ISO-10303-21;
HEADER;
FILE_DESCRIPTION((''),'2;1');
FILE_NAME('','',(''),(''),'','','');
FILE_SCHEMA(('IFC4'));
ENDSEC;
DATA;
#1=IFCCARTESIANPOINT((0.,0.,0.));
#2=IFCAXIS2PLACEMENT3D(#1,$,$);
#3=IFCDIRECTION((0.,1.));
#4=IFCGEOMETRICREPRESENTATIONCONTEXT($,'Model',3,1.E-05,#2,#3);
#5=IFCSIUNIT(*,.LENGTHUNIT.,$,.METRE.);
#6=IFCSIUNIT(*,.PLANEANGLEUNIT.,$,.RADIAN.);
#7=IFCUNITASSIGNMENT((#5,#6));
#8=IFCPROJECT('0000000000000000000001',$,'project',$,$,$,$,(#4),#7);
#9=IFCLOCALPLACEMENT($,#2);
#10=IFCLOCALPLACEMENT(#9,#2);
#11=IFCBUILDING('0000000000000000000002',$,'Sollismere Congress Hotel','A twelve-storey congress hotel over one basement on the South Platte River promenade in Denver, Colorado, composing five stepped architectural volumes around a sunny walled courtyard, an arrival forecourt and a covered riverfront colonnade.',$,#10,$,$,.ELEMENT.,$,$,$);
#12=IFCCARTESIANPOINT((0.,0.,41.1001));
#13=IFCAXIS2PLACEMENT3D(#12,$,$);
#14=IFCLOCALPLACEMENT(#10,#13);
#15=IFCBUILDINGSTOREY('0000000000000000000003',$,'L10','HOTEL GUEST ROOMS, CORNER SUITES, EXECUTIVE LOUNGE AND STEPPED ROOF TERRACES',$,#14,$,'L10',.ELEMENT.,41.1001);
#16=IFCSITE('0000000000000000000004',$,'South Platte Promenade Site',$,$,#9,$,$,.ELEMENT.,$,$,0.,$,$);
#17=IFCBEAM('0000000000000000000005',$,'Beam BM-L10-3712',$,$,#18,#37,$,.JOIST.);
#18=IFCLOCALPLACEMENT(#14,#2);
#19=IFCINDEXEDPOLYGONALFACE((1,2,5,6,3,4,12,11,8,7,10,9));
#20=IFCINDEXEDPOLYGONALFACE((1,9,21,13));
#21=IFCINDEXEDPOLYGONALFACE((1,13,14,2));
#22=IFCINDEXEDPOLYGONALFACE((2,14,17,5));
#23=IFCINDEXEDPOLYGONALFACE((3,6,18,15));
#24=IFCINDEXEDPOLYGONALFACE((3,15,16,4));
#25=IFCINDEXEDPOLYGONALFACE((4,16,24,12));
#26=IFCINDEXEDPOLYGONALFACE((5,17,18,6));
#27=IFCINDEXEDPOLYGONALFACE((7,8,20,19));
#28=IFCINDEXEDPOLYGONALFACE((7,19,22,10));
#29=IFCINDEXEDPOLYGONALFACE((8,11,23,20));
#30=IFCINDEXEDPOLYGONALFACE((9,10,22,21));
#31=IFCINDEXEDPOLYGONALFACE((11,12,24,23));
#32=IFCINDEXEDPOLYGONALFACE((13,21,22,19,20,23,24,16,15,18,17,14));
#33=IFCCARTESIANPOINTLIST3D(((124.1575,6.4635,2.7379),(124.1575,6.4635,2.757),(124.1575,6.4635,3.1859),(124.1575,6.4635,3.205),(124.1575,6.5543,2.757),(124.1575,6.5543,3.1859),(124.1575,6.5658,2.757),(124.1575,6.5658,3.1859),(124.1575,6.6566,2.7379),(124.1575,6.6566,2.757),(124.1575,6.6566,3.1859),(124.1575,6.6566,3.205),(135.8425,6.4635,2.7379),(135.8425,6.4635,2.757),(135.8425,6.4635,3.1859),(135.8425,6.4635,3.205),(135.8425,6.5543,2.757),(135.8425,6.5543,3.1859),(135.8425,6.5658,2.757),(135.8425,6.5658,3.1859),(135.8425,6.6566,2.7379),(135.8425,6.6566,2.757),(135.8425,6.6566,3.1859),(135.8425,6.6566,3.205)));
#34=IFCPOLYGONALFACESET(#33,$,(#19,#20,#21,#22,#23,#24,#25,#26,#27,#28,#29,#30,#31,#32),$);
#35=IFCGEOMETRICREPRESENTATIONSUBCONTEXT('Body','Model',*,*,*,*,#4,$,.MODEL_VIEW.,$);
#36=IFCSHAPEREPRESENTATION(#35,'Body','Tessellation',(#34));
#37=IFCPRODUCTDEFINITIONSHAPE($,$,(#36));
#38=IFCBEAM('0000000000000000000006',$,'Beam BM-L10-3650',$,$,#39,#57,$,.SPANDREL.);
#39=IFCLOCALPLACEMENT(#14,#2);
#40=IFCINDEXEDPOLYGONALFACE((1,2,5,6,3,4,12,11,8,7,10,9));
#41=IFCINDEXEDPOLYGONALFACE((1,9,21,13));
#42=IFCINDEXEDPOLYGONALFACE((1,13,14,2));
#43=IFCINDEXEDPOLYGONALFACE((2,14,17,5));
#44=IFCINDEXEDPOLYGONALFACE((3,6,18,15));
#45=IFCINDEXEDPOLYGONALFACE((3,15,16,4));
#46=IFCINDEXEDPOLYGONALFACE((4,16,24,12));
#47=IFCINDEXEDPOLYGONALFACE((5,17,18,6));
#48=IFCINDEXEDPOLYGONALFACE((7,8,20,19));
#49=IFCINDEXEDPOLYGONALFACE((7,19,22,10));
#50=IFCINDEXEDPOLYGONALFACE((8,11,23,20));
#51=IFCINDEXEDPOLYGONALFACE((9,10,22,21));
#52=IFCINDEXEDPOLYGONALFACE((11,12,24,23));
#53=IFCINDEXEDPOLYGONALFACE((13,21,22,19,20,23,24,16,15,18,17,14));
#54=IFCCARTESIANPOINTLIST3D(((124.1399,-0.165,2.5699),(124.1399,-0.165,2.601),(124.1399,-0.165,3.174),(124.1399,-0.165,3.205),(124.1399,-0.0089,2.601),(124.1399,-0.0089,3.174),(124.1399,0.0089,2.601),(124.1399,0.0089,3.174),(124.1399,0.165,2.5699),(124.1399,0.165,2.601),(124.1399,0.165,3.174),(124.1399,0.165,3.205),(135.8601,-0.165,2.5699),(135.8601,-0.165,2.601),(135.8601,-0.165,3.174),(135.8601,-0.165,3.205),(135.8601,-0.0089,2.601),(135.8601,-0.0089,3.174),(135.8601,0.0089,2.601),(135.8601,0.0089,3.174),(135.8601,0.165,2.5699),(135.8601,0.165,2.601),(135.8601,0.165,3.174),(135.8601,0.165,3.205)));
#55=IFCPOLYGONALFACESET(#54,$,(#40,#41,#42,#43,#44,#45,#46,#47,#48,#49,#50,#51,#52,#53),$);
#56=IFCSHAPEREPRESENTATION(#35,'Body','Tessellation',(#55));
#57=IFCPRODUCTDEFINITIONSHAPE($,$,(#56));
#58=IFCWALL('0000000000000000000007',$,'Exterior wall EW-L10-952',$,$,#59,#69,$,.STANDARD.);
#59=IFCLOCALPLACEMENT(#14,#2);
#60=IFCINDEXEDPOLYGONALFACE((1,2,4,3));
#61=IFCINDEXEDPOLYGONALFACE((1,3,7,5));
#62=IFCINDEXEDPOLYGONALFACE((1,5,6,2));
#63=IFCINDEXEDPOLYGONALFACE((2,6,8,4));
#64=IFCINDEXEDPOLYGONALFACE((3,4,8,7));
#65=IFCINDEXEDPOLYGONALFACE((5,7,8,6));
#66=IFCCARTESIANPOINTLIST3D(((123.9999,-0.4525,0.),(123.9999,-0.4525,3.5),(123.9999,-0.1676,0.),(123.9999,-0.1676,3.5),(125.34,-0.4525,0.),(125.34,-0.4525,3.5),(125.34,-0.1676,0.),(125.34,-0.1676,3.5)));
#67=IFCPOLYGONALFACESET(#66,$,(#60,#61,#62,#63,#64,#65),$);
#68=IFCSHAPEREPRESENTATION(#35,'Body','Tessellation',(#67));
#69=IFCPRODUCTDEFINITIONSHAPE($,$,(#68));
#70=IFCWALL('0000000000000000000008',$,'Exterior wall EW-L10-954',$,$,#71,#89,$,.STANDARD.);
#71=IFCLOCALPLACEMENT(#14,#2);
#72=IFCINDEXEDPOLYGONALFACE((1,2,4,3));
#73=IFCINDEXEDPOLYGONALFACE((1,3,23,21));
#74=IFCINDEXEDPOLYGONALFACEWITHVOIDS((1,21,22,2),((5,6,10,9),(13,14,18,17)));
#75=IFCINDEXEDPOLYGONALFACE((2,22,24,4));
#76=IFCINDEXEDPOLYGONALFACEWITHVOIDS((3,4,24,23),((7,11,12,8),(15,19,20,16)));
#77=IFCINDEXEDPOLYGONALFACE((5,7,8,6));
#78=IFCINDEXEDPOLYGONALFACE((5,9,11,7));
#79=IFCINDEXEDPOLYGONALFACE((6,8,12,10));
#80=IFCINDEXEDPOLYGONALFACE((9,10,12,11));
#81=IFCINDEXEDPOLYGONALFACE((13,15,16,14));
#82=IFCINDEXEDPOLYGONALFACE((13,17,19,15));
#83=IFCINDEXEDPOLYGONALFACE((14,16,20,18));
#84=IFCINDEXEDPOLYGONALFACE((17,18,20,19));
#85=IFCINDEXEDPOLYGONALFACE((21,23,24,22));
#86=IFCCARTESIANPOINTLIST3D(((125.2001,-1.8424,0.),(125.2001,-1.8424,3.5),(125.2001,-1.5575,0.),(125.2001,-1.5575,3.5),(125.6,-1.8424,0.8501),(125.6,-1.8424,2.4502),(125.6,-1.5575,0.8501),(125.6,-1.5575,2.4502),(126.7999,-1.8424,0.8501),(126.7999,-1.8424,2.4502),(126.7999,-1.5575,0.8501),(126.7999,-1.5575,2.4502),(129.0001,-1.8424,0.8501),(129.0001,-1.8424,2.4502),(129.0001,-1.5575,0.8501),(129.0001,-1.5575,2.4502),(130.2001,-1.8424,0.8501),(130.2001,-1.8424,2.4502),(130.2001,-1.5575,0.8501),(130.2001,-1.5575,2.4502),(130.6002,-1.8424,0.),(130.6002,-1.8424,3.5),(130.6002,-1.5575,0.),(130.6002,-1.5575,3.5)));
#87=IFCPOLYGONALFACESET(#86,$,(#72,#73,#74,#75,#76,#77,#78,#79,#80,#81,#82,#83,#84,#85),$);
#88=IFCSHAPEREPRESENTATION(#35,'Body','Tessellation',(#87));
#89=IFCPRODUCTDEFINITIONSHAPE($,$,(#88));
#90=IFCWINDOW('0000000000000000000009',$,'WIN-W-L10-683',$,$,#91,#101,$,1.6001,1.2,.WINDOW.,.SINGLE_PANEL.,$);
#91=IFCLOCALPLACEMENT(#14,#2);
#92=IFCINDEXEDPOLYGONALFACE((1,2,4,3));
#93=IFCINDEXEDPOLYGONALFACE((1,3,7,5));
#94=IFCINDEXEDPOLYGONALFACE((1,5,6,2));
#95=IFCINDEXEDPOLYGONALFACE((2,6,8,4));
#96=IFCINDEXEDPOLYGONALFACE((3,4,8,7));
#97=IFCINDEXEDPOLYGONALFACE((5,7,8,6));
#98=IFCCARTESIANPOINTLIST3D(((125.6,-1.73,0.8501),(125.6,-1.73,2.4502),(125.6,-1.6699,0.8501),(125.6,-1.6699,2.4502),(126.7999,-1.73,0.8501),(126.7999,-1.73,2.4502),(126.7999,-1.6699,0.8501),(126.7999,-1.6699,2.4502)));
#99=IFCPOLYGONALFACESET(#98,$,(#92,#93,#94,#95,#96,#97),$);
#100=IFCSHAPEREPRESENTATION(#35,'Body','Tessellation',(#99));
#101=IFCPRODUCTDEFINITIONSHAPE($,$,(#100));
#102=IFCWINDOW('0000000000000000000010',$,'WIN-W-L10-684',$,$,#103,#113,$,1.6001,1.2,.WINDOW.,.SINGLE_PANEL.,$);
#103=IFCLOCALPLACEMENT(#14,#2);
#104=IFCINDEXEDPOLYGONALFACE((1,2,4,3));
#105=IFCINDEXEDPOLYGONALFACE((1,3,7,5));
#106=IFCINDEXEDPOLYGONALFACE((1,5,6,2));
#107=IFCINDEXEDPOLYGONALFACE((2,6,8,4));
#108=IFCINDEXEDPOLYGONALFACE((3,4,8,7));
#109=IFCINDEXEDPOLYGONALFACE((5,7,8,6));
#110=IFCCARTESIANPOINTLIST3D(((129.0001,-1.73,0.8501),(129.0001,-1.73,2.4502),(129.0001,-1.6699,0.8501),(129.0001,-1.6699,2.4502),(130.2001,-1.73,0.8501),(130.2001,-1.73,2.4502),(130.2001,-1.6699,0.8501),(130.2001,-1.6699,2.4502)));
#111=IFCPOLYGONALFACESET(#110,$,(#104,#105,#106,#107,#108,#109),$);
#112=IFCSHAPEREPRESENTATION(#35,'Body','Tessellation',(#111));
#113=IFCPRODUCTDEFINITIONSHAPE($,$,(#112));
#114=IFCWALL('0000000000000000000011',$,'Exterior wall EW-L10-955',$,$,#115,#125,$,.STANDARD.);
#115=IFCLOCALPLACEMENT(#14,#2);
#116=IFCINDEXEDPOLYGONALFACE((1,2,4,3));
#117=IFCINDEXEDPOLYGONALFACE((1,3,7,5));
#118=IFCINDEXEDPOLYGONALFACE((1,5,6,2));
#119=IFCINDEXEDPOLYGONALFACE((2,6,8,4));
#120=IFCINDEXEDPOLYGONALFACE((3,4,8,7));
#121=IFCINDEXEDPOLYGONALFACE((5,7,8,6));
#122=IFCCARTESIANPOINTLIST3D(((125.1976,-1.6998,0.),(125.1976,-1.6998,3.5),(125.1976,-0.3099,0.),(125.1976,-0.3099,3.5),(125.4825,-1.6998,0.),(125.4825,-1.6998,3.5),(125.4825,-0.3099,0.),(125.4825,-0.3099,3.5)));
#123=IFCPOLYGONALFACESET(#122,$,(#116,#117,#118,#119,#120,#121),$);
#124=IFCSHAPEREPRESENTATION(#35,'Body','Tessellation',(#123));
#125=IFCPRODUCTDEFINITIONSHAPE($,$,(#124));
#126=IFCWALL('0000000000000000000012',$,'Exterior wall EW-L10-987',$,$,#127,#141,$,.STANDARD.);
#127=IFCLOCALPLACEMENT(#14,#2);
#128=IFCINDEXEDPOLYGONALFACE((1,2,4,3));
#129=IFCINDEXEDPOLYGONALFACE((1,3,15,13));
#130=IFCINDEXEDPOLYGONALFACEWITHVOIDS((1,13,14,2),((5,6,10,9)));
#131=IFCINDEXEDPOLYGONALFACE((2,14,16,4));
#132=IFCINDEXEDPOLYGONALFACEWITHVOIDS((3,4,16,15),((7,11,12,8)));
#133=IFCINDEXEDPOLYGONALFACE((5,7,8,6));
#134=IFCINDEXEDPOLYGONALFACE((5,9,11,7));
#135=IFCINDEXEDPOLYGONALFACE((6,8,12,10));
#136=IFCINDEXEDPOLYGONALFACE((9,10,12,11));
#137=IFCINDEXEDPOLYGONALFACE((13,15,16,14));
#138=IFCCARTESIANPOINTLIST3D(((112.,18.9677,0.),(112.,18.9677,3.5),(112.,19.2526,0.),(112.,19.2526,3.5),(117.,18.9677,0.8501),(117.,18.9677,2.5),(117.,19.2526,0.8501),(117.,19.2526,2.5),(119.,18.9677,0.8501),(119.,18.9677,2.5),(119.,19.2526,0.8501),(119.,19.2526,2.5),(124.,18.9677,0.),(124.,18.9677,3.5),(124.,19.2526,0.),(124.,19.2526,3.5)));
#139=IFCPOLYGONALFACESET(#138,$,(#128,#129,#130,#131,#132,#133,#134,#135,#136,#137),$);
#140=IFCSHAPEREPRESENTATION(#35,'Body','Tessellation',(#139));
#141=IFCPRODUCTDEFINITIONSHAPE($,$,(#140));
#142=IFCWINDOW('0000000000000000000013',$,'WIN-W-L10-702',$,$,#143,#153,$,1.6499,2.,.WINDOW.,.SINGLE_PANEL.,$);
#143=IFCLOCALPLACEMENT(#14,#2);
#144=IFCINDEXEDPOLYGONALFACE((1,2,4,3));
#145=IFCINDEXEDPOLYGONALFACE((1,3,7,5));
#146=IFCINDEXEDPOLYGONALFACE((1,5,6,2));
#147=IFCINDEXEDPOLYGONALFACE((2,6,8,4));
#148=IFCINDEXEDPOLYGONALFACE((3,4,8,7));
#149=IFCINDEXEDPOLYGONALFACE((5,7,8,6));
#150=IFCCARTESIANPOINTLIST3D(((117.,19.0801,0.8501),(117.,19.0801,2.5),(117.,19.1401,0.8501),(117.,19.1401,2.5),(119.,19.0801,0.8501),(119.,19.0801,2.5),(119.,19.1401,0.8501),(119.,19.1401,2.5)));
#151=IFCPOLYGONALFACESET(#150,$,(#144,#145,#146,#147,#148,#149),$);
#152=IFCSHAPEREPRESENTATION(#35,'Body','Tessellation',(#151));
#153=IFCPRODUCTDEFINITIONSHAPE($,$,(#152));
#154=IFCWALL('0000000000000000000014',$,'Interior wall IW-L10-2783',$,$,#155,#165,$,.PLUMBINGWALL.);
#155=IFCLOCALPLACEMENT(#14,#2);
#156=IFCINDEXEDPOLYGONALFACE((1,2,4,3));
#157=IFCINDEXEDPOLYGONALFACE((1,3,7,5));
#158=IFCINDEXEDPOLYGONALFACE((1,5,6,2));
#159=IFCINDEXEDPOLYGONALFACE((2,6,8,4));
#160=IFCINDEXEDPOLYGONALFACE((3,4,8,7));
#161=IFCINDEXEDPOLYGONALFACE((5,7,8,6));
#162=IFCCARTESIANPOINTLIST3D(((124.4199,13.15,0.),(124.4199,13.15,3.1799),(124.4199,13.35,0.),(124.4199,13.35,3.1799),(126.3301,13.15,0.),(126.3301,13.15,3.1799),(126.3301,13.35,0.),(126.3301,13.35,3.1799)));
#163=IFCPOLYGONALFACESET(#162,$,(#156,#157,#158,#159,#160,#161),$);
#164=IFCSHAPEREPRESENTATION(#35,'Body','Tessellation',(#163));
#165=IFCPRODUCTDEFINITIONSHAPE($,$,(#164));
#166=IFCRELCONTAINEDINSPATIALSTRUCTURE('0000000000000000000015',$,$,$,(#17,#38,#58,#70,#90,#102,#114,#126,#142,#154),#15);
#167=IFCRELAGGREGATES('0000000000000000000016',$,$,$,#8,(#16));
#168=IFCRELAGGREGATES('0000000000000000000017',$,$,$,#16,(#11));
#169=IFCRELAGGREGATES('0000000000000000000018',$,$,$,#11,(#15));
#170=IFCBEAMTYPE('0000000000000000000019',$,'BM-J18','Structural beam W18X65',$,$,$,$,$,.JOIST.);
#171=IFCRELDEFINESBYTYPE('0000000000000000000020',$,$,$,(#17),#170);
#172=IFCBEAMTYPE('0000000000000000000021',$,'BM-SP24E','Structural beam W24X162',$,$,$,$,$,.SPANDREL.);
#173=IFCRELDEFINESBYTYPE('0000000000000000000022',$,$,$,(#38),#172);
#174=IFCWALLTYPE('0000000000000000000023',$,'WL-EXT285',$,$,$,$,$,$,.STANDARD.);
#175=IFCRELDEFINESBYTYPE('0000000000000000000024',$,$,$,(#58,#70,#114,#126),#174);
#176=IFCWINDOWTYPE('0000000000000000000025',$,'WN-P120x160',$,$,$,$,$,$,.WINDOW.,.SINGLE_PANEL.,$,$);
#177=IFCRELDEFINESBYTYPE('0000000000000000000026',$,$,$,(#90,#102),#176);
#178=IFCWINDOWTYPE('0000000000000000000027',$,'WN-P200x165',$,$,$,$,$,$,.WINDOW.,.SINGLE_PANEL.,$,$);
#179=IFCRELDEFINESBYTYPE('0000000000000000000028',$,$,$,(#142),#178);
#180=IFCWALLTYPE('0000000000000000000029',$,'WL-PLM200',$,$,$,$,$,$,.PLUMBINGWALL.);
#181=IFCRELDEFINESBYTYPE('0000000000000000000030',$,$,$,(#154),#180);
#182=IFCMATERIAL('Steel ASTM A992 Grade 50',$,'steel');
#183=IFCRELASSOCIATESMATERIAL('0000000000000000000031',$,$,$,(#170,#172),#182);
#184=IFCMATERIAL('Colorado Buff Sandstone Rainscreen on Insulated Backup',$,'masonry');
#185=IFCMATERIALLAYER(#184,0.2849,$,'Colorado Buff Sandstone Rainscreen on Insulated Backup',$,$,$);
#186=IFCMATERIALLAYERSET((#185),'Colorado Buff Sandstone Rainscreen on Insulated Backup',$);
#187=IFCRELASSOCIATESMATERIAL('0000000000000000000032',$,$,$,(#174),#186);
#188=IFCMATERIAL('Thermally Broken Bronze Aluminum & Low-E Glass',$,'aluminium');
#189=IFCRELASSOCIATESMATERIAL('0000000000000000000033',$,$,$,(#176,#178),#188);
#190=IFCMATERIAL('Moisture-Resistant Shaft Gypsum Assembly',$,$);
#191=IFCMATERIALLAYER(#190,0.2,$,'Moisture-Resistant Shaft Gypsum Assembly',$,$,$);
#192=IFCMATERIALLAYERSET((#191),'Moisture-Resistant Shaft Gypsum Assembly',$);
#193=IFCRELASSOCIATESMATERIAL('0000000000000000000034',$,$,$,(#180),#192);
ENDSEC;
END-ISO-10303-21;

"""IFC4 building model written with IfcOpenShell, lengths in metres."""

from ifc_helpers import new_model, si_unit, direction, frame, frame_2d, origin, origin_2d, place, context, subcontext, project, spatial, rectangle, i_section, extrude, material, layer, layer_set, material_profile, profile_set, type_object, element, fill, save


model = new_model("IFC4")

# Units and contexts
model_context = context("Model", 3, precision=1e-05, world=origin(), true_north=direction((0.0, 1.0)))
body_context = subcontext(model_context, "Body", "Model", "MODEL_VIEW")
ifc_project = project(units=[si_unit("LENGTHUNIT", "METRE"), si_unit("PLANEANGLEUNIT", "RADIAN")], contexts=[model_context])

# Site, building, storey
site_placement = place(None, origin())
site = spatial("IfcSite", under=ifc_project, at=site_placement, Name="South Platte Promenade Site", CompositionType="ELEMENT", RefElevation=0.0)
building_placement = place(site_placement, origin())
building = spatial("IfcBuilding", under=site, at=building_placement, Name="Sollismere Congress Hotel", Description="A twelve-storey congress hotel over one basement on the South Platte River promenade in Denver, Colorado, composing five stepped architectural volumes around a sunny walled courtyard, an arrival forecourt and a covered riverfront colonnade.", CompositionType="ELEMENT")
storey_placement = place(building_placement, frame((0.0, 0.0, 41.1001)))
storey = spatial("IfcBuildingStorey", under=building, at=storey_placement, Name="L10", Description="HOTEL GUEST ROOMS, CORNER SUITES, EXECUTIVE LOUNGE AND STEPPED ROOF TERRACES", LongName="L10", CompositionType="ELEMENT", Elevation=41.1001)

# Shared definitions
ifc_material_1 = material(Name="Steel ASTM A992 Grade 50", Category="steel")

# Beams
ifc_material_profile_1 = material_profile(ifc_material_1, i_section(OverallWidth=0.1931, OverallDepth=0.467, WebThickness=0.0115, FlangeThickness=0.019, at=origin_2d()), Name="W18X65")
ifc_profile_set_1 = profile_set([ifc_material_profile_1], Name="Steel ASTM A992 Grade 50")
beam_type_1 = type_object("IfcBeamType", Name="BM-J18", Description="Structural beam W18X65", PredefinedType="JOIST", material=ifc_profile_set_1)
for number, where, z_axis, x_axis, name in (
    (1, (124.1575, 6.5601, 2.9714), (1.0, 0.0, 0.0), (0.0, 1.0, 0.0), "Beam BM-L10-3712"),
):
    element("IfcBeam", number, at=place(storey_placement, frame(where, z_axis=z_axis, x_axis=x_axis)), inside=storey, type_object=beam_type_1, Name=name, PredefinedType="JOIST", context=body_context, shape_type="SweptSolid", body=[
        extrude(i_section(OverallWidth=0.1931, OverallDepth=0.467, WebThickness=0.0115, FlangeThickness=0.019, at=origin_2d()), origin(), (0.0, 0.0, 1.0), 11.6851),
    ])
ifc_material_profile_2 = material_profile(ifc_material_1, i_section(OverallWidth=0.3301, OverallDepth=0.635, WebThickness=0.0178, FlangeThickness=0.031, at=origin_2d()), Name="W24X162")
ifc_profile_set_2 = profile_set([ifc_material_profile_2], Name="Steel ASTM A992 Grade 50")
beam_type_2 = type_object("IfcBeamType", Name="BM-SP24E", Description="Structural beam W24X162", PredefinedType="SPANDREL", material=ifc_profile_set_2)
beam_1_placement = place(storey_placement, frame((124.1399, 0.0, 2.8875), z_axis=(1.0, 0.0, 0.0), x_axis=(0.0, 1.0, 0.0)))
element("IfcBeam", 2, at=beam_1_placement, inside=storey, type_object=beam_type_2, Name="Beam BM-L10-3650", PredefinedType="SPANDREL", context=body_context, shape_type="SweptSolid", body=[
    extrude(i_section(OverallWidth=0.3301, OverallDepth=0.635, WebThickness=0.0178, FlangeThickness=0.031, at=origin_2d()), origin(), (0.0, 0.0, 1.0), 11.7202),
])

# Wall
ifc_material_2 = material(Name="Colorado Buff Sandstone Rainscreen on Insulated Backup", Category="masonry")
ifc_layer_1 = layer(ifc_material_2, 0.2849, Name="Colorado Buff Sandstone Rainscreen on Insulated Backup")
ifc_layer_set_1 = layer_set([ifc_layer_1], Name="Colorado Buff Sandstone Rainscreen on Insulated Backup")
wall_type_1 = type_object("IfcWallType", Name="WL-EXT285", PredefinedType="STANDARD", material=ifc_layer_set_1)
wall_1_placement = place(storey_placement, frame((124.0, -0.3101, 0.0), z_axis=(0.0, 0.0, 1.0), x_axis=(1.0, 0.0, 0.0)))
element("IfcWall", 3, at=wall_1_placement, inside=storey, type_object=wall_type_1, Name="Exterior wall EW-L10-952", PredefinedType="STANDARD", context=body_context, shape_type="SweptSolid", body=[
    extrude(rectangle(XDim=1.3401, YDim=0.2849, at=frame_2d((0.6699, 0.0))), origin(), (0.0, 0.0, 1.0), 3.5),
])

# Wall, openings, windows
wall_2_placement = place(storey_placement, frame((125.2, -1.7, 0.0), z_axis=(0.0, 0.0, 1.0), x_axis=(1.0, 0.0, 0.0)))
wall_2 = element("IfcWall", 4, at=wall_2_placement, inside=storey, type_object=wall_type_1, Name="Exterior wall EW-L10-954", PredefinedType="STANDARD", context=body_context, shape_type="SweptSolid", body=[
    extrude(rectangle(XDim=5.4001, YDim=0.2849, at=frame_2d((2.7002, 0.0))), origin(), (0.0, 0.0, 1.0), 3.5),
])
opening_1_placement = place(wall_2_placement, frame((0.3999, 0.0, 0.8501)))
opening_1 = element("IfcOpeningElement", 5, at=opening_1_placement, cuts=wall_2, PredefinedType="OPENING", context=body_context, shape_type="SweptSolid", body=[
    extrude(rectangle(XDim=1.2, YDim=1.6001, at=frame_2d((0.6001, 0.8))), frame((0.0, 0.1523, 0.0), z_axis=(0.0, -1.0, 0.0), x_axis=(1.0, 0.0, 0.0)), (0.0, 0.0, 1.0), 0.3049),
])
opening_2_placement = place(wall_2_placement, frame((3.8, 0.0, 0.8501)))
opening_2 = element("IfcOpeningElement", 6, at=opening_2_placement, cuts=wall_2, PredefinedType="OPENING", context=body_context, shape_type="SweptSolid", body=[
    extrude(rectangle(XDim=1.2, YDim=1.6001, at=frame_2d((0.6001, 0.8))), frame((0.0, 0.1523, 0.0), z_axis=(0.0, -1.0, 0.0), x_axis=(1.0, 0.0, 0.0)), (0.0, 0.0, 1.0), 0.3049),
])
ifc_material_3 = material(Name="Thermally Broken Bronze Aluminum & Low-E Glass", Category="aluminium")
window_type_1 = type_object("IfcWindowType", Name="WN-P120x160", PartitioningType="SINGLE_PANEL", PredefinedType="WINDOW", material=ifc_material_3)
window_1_placement = place(opening_1_placement, origin())
window_1 = element("IfcWindow", 7, at=window_1_placement, inside=storey, type_object=window_type_1, Name="WIN-W-L10-683", OverallHeight=1.6001, OverallWidth=1.2, PartitioningType="SINGLE_PANEL", PredefinedType="WINDOW", context=body_context, shape_type="SweptSolid", body=[
    extrude(rectangle(XDim=1.2, YDim=1.6001, at=frame_2d((0.6001, 0.8))), frame((0.0, 0.03, 0.0), z_axis=(0.0, -1.0, 0.0), x_axis=(1.0, 0.0, 0.0)), (0.0, 0.0, 1.0), 0.0601),
])
fill(opening_1, window_1)
window_2_placement = place(opening_2_placement, origin())
window_2 = element("IfcWindow", 8, at=window_2_placement, inside=storey, type_object=window_type_1, Name="WIN-W-L10-684", OverallHeight=1.6001, OverallWidth=1.2, PartitioningType="SINGLE_PANEL", PredefinedType="WINDOW", context=body_context, shape_type="SweptSolid", body=[
    extrude(rectangle(XDim=1.2, YDim=1.6001, at=frame_2d((0.6001, 0.8))), frame((0.0, 0.03, 0.0), z_axis=(0.0, -1.0, 0.0), x_axis=(1.0, 0.0, 0.0)), (0.0, 0.0, 1.0), 0.0601),
])
fill(opening_2, window_2)

# Wall
wall_3_placement = place(storey_placement, frame((125.3401, -0.3101, 0.0), z_axis=(0.0, 0.0, 1.0), x_axis=(0.0, -1.0, 0.0)))
element("IfcWall", 9, at=wall_3_placement, inside=storey, type_object=wall_type_1, Name="Exterior wall EW-L10-955", PredefinedType="STANDARD", context=body_context, shape_type="SweptSolid", body=[
    extrude(rectangle(XDim=1.3899, YDim=0.2849, at=frame_2d((0.6948, 0.0))), origin(), (0.0, 0.0, 1.0), 3.5),
])

# Wall, opening, window
wall_4_placement = place(storey_placement, frame((124.0, 19.1101, 0.0), z_axis=(0.0, 0.0, 1.0), x_axis=(-1.0, 0.0, 0.0)))
wall_4 = element("IfcWall", 10, at=wall_4_placement, inside=storey, type_object=wall_type_1, Name="Exterior wall EW-L10-987", PredefinedType="STANDARD", context=body_context, shape_type="SweptSolid", body=[
    extrude(rectangle(XDim=12.0, YDim=0.2849, at=frame_2d((6.0, 0.0))), origin(), (0.0, 0.0, 1.0), 3.5),
])
opening_3_placement = place(wall_4_placement, frame((5.0, 0.0, 0.8501)))
opening_3 = element("IfcOpeningElement", 11, at=opening_3_placement, cuts=wall_4, PredefinedType="OPENING", context=body_context, shape_type="SweptSolid", body=[
    extrude(rectangle(XDim=2.0, YDim=1.6499, at=frame_2d((1.0, 0.825))), frame((0.0, 0.1523, 0.0), z_axis=(0.0, -1.0, 0.0), x_axis=(1.0, 0.0, 0.0)), (0.0, 0.0, 1.0), 0.3049),
])
window_type_2 = type_object("IfcWindowType", Name="WN-P200x165", PartitioningType="SINGLE_PANEL", PredefinedType="WINDOW", material=ifc_material_3)
window_3_placement = place(opening_3_placement, origin())
window_3 = element("IfcWindow", 12, at=window_3_placement, inside=storey, type_object=window_type_2, Name="WIN-W-L10-702", OverallHeight=1.6499, OverallWidth=2.0, PartitioningType="SINGLE_PANEL", PredefinedType="WINDOW", context=body_context, shape_type="SweptSolid", body=[
    extrude(rectangle(XDim=2.0, YDim=1.6499, at=frame_2d((1.0, 0.825))), frame((0.0, 0.03, 0.0), z_axis=(0.0, -1.0, 0.0), x_axis=(1.0, 0.0, 0.0)), (0.0, 0.0, 1.0), 0.0601),
])
fill(opening_3, window_3)

# Wall
ifc_material_4 = material(Name="Moisture-Resistant Shaft Gypsum Assembly")
ifc_layer_2 = layer(ifc_material_4, 0.2, Name="Moisture-Resistant Shaft Gypsum Assembly")
ifc_layer_set_2 = layer_set([ifc_layer_2], Name="Moisture-Resistant Shaft Gypsum Assembly")
wall_type_2 = type_object("IfcWallType", Name="WL-PLM200", PredefinedType="PLUMBINGWALL", material=ifc_layer_set_2)
wall_5_placement = place(storey_placement, frame((124.4199, 13.25, 0.0), z_axis=(0.0, 0.0, 1.0), x_axis=(1.0, 0.0, 0.0)))
element("IfcWall", 13, at=wall_5_placement, inside=storey, type_object=wall_type_2, Name="Interior wall IW-L10-2783", PredefinedType="PLUMBINGWALL", context=body_context, shape_type="SweptSolid", body=[
    extrude(rectangle(XDim=1.9102, YDim=0.2, at=frame_2d((0.9551, 0.0))), origin(), (0.0, 0.0, 1.0), 3.1799),
])

save(model, "model.ifc")
